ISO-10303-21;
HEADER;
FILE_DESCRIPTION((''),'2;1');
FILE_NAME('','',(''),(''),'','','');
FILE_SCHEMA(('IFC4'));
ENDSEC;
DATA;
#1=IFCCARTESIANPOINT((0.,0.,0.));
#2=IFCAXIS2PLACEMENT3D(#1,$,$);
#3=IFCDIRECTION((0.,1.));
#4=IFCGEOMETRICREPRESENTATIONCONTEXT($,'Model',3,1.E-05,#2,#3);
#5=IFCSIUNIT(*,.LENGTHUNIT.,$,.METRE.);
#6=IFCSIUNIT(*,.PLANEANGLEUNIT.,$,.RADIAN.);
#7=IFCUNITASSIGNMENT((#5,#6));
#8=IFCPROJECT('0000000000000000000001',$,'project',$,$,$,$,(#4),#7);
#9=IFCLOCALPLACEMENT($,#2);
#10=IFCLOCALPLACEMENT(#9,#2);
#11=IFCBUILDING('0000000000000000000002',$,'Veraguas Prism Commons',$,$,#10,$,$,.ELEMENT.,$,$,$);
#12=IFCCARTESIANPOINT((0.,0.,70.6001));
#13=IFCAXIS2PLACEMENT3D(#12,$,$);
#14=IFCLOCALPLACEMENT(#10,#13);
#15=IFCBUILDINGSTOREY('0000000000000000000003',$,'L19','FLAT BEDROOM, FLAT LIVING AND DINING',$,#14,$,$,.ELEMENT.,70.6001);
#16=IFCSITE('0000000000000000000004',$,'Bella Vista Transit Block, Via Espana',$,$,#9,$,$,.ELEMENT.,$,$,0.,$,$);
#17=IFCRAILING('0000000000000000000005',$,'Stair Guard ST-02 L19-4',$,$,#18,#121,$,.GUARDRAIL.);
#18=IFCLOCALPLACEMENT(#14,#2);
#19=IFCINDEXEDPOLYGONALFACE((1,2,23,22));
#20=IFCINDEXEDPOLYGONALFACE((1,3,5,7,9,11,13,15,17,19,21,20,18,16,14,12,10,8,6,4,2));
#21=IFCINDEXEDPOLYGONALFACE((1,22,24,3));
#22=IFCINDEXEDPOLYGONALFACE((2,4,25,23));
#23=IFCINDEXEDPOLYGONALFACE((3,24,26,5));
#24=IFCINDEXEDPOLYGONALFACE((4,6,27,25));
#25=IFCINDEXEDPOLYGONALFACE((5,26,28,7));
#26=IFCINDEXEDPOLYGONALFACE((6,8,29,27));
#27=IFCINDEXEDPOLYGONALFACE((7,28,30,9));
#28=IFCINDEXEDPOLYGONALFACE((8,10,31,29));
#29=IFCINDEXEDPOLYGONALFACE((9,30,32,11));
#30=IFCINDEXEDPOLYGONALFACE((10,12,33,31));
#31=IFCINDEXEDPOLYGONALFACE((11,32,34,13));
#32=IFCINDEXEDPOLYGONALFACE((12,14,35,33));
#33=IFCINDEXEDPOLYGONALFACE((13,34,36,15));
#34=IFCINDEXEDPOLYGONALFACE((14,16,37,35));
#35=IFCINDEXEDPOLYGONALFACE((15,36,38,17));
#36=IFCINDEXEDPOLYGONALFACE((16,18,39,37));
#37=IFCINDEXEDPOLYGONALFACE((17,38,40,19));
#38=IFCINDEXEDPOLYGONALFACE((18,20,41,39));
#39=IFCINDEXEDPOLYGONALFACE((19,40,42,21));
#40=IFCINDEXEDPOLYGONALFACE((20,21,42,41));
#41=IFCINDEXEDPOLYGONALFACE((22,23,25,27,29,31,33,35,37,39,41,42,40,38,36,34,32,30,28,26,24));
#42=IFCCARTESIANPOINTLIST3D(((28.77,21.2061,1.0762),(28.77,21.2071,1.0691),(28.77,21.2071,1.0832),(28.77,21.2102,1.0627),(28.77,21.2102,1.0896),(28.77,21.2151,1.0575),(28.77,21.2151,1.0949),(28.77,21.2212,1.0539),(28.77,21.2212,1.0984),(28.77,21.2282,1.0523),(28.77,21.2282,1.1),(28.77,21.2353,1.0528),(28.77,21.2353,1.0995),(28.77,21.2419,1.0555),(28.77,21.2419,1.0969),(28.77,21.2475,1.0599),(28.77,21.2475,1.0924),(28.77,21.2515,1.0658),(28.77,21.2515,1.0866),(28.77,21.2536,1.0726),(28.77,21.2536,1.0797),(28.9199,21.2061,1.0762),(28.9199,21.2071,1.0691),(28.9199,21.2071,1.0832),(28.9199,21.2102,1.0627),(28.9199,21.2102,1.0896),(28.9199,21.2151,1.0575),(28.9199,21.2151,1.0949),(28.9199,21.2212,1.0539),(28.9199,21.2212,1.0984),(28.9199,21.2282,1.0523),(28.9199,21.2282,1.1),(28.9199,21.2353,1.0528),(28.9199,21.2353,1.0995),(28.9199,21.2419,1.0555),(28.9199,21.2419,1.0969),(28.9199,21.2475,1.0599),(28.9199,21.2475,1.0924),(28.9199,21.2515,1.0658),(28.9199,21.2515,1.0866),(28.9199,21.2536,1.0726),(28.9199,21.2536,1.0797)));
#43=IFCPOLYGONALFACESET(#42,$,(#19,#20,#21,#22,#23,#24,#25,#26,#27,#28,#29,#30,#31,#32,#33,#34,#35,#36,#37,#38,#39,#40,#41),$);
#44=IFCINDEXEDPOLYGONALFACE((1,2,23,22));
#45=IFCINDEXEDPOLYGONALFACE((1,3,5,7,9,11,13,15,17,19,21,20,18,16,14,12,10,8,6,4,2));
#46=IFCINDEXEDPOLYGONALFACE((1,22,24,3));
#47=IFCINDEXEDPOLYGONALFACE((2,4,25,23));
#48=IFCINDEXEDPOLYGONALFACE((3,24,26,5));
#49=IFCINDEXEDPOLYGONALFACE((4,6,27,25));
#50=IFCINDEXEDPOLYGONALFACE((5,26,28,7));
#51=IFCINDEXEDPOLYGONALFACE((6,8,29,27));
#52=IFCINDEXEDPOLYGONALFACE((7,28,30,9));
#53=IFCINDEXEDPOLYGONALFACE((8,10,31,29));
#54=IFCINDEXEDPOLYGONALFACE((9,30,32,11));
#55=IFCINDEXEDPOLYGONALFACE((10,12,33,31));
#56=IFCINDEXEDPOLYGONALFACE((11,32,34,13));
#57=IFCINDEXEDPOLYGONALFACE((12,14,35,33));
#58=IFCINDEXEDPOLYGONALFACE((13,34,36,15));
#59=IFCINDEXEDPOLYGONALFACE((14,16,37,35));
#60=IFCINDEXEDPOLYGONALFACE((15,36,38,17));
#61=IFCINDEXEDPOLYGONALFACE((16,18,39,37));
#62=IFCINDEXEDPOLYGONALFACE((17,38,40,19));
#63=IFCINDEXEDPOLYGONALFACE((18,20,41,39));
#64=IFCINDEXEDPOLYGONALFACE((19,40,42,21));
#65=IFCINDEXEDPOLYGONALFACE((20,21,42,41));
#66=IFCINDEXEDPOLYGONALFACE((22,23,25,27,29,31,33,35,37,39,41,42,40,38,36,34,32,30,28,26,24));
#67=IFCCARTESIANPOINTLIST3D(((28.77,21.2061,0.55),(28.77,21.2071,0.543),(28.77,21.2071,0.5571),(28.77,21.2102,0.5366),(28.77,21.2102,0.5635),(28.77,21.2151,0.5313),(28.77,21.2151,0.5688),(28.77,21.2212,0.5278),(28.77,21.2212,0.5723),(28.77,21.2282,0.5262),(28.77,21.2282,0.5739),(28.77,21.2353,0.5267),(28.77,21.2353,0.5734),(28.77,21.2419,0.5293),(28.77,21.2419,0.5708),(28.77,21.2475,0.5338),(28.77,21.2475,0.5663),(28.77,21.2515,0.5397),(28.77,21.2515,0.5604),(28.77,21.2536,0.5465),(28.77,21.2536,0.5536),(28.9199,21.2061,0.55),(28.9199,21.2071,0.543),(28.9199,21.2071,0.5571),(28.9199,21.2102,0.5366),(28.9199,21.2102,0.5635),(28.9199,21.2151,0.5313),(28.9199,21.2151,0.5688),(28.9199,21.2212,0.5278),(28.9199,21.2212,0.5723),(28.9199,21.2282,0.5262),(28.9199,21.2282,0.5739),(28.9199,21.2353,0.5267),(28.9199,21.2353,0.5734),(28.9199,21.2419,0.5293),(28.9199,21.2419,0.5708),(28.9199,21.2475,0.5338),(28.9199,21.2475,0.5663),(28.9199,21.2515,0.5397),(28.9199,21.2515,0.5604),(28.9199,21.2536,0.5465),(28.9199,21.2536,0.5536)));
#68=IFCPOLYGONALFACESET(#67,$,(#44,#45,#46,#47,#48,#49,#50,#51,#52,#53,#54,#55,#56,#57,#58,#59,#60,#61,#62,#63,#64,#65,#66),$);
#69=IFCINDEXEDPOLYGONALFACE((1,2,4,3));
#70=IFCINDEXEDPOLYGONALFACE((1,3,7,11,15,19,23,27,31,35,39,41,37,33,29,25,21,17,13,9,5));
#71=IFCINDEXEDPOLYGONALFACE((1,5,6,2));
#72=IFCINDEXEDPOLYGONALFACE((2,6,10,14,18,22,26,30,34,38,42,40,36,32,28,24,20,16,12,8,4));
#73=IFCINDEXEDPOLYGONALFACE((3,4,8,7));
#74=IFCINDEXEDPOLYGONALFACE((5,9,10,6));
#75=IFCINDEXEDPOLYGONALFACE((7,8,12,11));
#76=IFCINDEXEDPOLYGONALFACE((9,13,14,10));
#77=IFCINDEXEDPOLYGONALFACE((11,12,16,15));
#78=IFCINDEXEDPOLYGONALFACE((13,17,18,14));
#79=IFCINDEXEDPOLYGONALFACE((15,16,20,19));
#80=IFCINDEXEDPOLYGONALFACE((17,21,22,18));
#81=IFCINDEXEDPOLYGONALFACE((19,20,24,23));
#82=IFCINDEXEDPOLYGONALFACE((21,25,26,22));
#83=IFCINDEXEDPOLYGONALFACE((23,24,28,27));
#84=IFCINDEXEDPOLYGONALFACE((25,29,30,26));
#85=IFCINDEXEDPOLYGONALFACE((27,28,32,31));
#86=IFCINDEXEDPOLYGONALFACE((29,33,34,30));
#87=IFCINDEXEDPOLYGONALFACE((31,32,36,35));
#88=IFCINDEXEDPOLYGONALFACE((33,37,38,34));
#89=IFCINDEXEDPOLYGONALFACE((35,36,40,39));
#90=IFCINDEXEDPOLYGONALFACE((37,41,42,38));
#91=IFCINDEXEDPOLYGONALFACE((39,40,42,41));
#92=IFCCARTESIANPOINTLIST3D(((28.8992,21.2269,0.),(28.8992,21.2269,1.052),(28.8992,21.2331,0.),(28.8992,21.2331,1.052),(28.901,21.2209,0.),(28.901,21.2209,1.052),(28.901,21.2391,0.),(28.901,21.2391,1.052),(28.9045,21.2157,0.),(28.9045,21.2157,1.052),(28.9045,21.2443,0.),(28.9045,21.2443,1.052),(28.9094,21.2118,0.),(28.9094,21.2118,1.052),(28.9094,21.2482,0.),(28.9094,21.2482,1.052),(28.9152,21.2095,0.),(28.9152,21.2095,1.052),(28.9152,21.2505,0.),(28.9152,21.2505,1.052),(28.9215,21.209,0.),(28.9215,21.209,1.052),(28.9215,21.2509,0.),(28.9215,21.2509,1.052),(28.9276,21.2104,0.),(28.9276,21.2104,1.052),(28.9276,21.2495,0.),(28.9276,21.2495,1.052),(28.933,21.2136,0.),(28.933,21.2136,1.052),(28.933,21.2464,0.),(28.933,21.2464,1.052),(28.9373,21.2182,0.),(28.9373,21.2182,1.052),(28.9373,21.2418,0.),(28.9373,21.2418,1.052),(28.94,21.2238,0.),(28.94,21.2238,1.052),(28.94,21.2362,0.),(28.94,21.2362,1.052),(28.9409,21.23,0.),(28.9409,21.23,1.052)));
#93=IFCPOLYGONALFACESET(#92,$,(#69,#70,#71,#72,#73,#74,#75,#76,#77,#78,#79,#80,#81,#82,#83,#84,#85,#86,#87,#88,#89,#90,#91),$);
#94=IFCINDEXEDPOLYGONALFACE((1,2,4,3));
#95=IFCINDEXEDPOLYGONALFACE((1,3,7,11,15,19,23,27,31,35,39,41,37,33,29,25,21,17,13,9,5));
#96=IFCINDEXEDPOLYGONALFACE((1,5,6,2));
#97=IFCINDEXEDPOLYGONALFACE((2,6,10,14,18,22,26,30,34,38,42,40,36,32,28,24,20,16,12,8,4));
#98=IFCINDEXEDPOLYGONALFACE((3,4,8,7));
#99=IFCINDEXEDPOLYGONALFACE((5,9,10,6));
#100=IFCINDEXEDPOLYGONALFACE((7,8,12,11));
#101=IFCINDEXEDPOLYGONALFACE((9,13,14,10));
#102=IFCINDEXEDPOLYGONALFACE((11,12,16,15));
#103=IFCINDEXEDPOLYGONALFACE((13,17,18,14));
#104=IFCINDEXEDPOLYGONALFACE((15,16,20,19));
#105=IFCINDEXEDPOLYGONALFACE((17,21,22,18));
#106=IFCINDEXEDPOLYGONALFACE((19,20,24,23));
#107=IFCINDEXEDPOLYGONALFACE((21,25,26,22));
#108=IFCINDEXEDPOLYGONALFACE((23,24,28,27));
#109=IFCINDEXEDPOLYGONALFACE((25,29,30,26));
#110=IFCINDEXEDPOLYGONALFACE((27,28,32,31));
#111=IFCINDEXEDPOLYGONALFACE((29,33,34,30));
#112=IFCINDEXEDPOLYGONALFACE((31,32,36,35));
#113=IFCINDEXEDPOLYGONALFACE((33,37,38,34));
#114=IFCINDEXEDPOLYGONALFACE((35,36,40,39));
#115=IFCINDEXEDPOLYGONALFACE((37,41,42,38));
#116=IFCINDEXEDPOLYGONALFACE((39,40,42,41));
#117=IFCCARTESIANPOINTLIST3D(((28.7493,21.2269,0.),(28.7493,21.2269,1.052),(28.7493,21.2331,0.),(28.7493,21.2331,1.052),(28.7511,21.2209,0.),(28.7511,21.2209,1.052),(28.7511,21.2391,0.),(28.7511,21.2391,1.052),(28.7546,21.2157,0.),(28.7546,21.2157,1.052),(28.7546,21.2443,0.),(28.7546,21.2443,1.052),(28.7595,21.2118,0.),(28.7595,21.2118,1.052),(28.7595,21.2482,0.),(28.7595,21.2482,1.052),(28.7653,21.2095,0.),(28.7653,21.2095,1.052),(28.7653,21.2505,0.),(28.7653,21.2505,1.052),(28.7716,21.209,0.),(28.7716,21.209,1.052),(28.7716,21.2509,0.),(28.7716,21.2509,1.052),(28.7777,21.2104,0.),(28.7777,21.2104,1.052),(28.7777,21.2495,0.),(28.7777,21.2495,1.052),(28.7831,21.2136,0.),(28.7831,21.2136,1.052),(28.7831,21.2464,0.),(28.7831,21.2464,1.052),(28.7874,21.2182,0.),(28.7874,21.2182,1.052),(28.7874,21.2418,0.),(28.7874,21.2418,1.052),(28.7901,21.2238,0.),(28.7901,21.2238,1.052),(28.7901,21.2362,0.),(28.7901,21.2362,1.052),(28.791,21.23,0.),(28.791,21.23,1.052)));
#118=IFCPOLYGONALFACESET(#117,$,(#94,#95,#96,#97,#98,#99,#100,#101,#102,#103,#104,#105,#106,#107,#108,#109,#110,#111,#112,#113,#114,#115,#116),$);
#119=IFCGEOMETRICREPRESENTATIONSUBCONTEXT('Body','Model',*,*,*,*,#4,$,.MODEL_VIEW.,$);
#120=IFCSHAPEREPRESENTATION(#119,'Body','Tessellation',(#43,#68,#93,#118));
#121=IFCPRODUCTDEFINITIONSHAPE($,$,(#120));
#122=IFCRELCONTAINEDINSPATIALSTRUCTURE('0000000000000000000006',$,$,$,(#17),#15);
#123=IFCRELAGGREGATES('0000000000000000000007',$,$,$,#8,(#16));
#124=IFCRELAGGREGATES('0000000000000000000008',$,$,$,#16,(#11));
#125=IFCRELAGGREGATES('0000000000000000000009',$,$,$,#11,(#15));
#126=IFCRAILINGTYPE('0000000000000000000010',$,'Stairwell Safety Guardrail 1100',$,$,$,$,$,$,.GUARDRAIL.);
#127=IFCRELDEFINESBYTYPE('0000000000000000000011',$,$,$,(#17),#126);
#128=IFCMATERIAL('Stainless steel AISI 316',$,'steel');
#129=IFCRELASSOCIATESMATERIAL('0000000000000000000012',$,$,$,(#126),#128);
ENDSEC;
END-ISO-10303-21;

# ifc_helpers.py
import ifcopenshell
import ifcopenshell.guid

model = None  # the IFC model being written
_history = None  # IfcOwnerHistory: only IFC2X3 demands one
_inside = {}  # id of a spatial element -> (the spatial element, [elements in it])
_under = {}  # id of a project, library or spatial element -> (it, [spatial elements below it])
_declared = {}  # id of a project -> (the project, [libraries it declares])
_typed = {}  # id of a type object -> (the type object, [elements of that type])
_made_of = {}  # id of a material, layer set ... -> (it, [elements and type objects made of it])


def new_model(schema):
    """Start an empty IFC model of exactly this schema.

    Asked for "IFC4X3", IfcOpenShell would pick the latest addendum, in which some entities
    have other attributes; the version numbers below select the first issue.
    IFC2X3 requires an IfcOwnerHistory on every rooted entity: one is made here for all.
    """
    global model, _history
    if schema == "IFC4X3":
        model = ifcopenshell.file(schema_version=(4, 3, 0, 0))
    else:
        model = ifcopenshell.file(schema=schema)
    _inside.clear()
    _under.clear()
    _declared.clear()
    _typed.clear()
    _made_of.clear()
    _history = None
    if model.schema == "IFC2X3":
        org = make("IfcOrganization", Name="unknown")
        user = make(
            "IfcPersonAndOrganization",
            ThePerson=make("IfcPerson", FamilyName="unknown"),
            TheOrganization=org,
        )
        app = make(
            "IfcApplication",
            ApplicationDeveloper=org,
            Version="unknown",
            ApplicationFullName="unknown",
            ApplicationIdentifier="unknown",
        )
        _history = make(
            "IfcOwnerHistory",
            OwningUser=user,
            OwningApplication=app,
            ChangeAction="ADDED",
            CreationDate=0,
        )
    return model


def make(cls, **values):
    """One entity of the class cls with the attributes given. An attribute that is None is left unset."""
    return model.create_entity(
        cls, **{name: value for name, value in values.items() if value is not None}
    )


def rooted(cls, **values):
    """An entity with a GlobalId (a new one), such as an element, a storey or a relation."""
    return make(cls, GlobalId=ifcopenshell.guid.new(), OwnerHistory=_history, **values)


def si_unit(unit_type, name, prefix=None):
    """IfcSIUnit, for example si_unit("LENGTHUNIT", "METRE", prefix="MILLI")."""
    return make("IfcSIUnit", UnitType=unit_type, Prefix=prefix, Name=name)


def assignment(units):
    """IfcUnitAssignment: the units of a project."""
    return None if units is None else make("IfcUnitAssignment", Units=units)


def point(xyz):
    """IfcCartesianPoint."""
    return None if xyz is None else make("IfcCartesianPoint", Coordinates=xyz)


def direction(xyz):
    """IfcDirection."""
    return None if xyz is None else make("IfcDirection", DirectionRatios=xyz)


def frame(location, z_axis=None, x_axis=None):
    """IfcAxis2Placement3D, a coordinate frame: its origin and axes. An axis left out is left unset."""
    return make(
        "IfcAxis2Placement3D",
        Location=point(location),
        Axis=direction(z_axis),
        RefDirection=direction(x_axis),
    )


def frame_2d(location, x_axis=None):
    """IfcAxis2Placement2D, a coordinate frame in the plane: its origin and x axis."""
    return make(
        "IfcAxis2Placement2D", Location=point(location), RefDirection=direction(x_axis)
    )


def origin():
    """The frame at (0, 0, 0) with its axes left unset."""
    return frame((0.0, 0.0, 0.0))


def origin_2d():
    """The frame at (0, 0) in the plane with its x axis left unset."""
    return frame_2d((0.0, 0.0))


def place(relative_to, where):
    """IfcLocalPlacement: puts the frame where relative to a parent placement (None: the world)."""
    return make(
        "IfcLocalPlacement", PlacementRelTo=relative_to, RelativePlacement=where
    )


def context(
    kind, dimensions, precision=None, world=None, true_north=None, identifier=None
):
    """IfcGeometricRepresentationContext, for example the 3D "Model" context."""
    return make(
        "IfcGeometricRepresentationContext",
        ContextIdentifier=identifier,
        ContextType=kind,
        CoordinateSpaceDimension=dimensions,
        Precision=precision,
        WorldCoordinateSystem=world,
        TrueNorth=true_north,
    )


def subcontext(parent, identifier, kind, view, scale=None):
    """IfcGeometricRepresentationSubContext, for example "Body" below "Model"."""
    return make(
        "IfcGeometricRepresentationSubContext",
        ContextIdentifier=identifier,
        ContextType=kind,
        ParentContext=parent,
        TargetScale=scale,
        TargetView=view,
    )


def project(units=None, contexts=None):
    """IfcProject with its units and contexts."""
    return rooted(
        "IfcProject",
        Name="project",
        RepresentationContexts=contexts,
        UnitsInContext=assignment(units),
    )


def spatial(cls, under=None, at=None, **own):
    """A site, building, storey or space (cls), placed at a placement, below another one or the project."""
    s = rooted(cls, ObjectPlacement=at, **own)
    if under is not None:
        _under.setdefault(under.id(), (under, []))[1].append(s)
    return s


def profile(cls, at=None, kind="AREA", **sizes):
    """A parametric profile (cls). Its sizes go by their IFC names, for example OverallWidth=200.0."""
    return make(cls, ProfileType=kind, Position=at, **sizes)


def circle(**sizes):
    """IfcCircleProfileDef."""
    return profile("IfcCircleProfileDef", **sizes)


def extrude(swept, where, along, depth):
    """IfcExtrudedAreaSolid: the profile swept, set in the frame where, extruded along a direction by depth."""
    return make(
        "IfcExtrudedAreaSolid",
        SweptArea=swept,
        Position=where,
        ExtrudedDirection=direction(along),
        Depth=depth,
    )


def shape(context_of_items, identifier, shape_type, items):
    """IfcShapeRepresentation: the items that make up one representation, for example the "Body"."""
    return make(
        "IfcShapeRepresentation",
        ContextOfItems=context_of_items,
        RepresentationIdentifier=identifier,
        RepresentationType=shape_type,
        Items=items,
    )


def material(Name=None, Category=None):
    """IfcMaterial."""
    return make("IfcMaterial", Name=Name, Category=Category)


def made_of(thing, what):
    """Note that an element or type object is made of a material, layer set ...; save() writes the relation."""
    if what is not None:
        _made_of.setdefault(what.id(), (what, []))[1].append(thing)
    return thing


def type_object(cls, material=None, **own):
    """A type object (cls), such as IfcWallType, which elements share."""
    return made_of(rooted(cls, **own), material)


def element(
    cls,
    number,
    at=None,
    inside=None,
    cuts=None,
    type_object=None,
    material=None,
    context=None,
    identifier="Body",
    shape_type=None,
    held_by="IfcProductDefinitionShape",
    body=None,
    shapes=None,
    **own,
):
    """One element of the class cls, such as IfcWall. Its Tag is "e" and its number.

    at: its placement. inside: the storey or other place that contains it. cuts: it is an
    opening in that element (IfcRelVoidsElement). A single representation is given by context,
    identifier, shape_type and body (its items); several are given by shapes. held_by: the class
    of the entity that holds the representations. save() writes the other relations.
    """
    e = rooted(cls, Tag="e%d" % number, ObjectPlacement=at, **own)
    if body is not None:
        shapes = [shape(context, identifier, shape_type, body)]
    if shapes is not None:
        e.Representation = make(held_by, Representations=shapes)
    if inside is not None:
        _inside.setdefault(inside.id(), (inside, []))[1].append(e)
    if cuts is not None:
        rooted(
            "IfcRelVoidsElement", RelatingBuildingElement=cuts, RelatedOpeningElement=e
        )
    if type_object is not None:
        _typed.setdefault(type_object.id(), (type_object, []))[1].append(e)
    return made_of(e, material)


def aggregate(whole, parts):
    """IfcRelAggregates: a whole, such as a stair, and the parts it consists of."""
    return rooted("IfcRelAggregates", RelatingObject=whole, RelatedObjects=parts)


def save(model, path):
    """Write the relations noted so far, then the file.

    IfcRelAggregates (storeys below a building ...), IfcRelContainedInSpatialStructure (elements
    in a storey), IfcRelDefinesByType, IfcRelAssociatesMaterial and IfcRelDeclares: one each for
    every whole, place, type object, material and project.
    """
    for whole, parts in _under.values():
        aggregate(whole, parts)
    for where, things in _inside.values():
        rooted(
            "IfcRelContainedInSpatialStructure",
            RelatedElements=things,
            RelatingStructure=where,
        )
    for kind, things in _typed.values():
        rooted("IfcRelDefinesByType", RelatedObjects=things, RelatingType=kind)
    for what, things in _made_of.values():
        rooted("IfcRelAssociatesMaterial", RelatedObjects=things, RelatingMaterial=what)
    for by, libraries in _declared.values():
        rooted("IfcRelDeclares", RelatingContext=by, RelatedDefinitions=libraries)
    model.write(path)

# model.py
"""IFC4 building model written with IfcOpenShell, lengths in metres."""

from ifc_helpers import new_model, si_unit, direction, frame, origin, origin_2d, place, context, subcontext, project, spatial, circle, extrude, material, type_object, element, save


model = new_model("IFC4")

# Units and contexts
model_context = context("Model", 3, precision=1e-05, world=origin(), true_north=direction((0.0, 1.0)))
body_context = subcontext(model_context, "Body", "Model", "MODEL_VIEW")
ifc_project = project(units=[si_unit("LENGTHUNIT", "METRE"), si_unit("PLANEANGLEUNIT", "RADIAN")], contexts=[model_context])

# Site, building, storey
site_placement = place(None, origin())
site = spatial("IfcSite", under=ifc_project, at=site_placement, Name="Bella Vista Transit Block, Via Espana", CompositionType="ELEMENT", RefElevation=0.0)
building_placement = place(site_placement, origin())
building = spatial("IfcBuilding", under=site, at=building_placement, Name="Veraguas Prism Commons", CompositionType="ELEMENT")
storey_placement = place(building_placement, frame((0.0, 0.0, 70.6001)))
storey = spatial("IfcBuildingStorey", under=building, at=storey_placement, Name="L19", Description="FLAT BEDROOM, FLAT LIVING AND DINING", CompositionType="ELEMENT", Elevation=70.6001)

# Shared definitions
ifc_material_1 = material(Name="Stainless steel AISI 316", Category="steel")

# Railing
railing_type_1 = type_object("IfcRailingType", Name="Stairwell Safety Guardrail 1100", PredefinedType="GUARDRAIL", material=ifc_material_1)
railing_1_placement = place(storey_placement, frame((28.9199, 21.23, 0.0)))
element("IfcRailing", 1, at=railing_1_placement, inside=storey, type_object=railing_type_1, Name="Stair Guard ST-02 L19-4", PredefinedType="GUARDRAIL", context=body_context, shape_type="SweptSolid", body=[
    extrude(circle(Radius=0.0239, at=origin_2d()), frame((0.0, 0.0, 1.0762), z_axis=(-1.0, 0.0, 0.0), x_axis=(0.0, -1.0, 0.0)), (0.0, 0.0, 1.0), 0.1499),
    extrude(circle(Radius=0.0239, at=origin_2d()), frame((0.0, 0.0, 0.55), z_axis=(-1.0, 0.0, 0.0), x_axis=(0.0, -1.0, 0.0)), (0.0, 0.0, 1.0), 0.1499),
    extrude(circle(Radius=0.021, at=origin_2d()), origin(), (0.0, 0.0, 1.0), 1.052),
    extrude(circle(Radius=0.021, at=origin_2d()), frame((-0.1499, 0.0, 0.0)), (0.0, 0.0, 1.0), 1.052),
])

save(model, "model.ifc")
